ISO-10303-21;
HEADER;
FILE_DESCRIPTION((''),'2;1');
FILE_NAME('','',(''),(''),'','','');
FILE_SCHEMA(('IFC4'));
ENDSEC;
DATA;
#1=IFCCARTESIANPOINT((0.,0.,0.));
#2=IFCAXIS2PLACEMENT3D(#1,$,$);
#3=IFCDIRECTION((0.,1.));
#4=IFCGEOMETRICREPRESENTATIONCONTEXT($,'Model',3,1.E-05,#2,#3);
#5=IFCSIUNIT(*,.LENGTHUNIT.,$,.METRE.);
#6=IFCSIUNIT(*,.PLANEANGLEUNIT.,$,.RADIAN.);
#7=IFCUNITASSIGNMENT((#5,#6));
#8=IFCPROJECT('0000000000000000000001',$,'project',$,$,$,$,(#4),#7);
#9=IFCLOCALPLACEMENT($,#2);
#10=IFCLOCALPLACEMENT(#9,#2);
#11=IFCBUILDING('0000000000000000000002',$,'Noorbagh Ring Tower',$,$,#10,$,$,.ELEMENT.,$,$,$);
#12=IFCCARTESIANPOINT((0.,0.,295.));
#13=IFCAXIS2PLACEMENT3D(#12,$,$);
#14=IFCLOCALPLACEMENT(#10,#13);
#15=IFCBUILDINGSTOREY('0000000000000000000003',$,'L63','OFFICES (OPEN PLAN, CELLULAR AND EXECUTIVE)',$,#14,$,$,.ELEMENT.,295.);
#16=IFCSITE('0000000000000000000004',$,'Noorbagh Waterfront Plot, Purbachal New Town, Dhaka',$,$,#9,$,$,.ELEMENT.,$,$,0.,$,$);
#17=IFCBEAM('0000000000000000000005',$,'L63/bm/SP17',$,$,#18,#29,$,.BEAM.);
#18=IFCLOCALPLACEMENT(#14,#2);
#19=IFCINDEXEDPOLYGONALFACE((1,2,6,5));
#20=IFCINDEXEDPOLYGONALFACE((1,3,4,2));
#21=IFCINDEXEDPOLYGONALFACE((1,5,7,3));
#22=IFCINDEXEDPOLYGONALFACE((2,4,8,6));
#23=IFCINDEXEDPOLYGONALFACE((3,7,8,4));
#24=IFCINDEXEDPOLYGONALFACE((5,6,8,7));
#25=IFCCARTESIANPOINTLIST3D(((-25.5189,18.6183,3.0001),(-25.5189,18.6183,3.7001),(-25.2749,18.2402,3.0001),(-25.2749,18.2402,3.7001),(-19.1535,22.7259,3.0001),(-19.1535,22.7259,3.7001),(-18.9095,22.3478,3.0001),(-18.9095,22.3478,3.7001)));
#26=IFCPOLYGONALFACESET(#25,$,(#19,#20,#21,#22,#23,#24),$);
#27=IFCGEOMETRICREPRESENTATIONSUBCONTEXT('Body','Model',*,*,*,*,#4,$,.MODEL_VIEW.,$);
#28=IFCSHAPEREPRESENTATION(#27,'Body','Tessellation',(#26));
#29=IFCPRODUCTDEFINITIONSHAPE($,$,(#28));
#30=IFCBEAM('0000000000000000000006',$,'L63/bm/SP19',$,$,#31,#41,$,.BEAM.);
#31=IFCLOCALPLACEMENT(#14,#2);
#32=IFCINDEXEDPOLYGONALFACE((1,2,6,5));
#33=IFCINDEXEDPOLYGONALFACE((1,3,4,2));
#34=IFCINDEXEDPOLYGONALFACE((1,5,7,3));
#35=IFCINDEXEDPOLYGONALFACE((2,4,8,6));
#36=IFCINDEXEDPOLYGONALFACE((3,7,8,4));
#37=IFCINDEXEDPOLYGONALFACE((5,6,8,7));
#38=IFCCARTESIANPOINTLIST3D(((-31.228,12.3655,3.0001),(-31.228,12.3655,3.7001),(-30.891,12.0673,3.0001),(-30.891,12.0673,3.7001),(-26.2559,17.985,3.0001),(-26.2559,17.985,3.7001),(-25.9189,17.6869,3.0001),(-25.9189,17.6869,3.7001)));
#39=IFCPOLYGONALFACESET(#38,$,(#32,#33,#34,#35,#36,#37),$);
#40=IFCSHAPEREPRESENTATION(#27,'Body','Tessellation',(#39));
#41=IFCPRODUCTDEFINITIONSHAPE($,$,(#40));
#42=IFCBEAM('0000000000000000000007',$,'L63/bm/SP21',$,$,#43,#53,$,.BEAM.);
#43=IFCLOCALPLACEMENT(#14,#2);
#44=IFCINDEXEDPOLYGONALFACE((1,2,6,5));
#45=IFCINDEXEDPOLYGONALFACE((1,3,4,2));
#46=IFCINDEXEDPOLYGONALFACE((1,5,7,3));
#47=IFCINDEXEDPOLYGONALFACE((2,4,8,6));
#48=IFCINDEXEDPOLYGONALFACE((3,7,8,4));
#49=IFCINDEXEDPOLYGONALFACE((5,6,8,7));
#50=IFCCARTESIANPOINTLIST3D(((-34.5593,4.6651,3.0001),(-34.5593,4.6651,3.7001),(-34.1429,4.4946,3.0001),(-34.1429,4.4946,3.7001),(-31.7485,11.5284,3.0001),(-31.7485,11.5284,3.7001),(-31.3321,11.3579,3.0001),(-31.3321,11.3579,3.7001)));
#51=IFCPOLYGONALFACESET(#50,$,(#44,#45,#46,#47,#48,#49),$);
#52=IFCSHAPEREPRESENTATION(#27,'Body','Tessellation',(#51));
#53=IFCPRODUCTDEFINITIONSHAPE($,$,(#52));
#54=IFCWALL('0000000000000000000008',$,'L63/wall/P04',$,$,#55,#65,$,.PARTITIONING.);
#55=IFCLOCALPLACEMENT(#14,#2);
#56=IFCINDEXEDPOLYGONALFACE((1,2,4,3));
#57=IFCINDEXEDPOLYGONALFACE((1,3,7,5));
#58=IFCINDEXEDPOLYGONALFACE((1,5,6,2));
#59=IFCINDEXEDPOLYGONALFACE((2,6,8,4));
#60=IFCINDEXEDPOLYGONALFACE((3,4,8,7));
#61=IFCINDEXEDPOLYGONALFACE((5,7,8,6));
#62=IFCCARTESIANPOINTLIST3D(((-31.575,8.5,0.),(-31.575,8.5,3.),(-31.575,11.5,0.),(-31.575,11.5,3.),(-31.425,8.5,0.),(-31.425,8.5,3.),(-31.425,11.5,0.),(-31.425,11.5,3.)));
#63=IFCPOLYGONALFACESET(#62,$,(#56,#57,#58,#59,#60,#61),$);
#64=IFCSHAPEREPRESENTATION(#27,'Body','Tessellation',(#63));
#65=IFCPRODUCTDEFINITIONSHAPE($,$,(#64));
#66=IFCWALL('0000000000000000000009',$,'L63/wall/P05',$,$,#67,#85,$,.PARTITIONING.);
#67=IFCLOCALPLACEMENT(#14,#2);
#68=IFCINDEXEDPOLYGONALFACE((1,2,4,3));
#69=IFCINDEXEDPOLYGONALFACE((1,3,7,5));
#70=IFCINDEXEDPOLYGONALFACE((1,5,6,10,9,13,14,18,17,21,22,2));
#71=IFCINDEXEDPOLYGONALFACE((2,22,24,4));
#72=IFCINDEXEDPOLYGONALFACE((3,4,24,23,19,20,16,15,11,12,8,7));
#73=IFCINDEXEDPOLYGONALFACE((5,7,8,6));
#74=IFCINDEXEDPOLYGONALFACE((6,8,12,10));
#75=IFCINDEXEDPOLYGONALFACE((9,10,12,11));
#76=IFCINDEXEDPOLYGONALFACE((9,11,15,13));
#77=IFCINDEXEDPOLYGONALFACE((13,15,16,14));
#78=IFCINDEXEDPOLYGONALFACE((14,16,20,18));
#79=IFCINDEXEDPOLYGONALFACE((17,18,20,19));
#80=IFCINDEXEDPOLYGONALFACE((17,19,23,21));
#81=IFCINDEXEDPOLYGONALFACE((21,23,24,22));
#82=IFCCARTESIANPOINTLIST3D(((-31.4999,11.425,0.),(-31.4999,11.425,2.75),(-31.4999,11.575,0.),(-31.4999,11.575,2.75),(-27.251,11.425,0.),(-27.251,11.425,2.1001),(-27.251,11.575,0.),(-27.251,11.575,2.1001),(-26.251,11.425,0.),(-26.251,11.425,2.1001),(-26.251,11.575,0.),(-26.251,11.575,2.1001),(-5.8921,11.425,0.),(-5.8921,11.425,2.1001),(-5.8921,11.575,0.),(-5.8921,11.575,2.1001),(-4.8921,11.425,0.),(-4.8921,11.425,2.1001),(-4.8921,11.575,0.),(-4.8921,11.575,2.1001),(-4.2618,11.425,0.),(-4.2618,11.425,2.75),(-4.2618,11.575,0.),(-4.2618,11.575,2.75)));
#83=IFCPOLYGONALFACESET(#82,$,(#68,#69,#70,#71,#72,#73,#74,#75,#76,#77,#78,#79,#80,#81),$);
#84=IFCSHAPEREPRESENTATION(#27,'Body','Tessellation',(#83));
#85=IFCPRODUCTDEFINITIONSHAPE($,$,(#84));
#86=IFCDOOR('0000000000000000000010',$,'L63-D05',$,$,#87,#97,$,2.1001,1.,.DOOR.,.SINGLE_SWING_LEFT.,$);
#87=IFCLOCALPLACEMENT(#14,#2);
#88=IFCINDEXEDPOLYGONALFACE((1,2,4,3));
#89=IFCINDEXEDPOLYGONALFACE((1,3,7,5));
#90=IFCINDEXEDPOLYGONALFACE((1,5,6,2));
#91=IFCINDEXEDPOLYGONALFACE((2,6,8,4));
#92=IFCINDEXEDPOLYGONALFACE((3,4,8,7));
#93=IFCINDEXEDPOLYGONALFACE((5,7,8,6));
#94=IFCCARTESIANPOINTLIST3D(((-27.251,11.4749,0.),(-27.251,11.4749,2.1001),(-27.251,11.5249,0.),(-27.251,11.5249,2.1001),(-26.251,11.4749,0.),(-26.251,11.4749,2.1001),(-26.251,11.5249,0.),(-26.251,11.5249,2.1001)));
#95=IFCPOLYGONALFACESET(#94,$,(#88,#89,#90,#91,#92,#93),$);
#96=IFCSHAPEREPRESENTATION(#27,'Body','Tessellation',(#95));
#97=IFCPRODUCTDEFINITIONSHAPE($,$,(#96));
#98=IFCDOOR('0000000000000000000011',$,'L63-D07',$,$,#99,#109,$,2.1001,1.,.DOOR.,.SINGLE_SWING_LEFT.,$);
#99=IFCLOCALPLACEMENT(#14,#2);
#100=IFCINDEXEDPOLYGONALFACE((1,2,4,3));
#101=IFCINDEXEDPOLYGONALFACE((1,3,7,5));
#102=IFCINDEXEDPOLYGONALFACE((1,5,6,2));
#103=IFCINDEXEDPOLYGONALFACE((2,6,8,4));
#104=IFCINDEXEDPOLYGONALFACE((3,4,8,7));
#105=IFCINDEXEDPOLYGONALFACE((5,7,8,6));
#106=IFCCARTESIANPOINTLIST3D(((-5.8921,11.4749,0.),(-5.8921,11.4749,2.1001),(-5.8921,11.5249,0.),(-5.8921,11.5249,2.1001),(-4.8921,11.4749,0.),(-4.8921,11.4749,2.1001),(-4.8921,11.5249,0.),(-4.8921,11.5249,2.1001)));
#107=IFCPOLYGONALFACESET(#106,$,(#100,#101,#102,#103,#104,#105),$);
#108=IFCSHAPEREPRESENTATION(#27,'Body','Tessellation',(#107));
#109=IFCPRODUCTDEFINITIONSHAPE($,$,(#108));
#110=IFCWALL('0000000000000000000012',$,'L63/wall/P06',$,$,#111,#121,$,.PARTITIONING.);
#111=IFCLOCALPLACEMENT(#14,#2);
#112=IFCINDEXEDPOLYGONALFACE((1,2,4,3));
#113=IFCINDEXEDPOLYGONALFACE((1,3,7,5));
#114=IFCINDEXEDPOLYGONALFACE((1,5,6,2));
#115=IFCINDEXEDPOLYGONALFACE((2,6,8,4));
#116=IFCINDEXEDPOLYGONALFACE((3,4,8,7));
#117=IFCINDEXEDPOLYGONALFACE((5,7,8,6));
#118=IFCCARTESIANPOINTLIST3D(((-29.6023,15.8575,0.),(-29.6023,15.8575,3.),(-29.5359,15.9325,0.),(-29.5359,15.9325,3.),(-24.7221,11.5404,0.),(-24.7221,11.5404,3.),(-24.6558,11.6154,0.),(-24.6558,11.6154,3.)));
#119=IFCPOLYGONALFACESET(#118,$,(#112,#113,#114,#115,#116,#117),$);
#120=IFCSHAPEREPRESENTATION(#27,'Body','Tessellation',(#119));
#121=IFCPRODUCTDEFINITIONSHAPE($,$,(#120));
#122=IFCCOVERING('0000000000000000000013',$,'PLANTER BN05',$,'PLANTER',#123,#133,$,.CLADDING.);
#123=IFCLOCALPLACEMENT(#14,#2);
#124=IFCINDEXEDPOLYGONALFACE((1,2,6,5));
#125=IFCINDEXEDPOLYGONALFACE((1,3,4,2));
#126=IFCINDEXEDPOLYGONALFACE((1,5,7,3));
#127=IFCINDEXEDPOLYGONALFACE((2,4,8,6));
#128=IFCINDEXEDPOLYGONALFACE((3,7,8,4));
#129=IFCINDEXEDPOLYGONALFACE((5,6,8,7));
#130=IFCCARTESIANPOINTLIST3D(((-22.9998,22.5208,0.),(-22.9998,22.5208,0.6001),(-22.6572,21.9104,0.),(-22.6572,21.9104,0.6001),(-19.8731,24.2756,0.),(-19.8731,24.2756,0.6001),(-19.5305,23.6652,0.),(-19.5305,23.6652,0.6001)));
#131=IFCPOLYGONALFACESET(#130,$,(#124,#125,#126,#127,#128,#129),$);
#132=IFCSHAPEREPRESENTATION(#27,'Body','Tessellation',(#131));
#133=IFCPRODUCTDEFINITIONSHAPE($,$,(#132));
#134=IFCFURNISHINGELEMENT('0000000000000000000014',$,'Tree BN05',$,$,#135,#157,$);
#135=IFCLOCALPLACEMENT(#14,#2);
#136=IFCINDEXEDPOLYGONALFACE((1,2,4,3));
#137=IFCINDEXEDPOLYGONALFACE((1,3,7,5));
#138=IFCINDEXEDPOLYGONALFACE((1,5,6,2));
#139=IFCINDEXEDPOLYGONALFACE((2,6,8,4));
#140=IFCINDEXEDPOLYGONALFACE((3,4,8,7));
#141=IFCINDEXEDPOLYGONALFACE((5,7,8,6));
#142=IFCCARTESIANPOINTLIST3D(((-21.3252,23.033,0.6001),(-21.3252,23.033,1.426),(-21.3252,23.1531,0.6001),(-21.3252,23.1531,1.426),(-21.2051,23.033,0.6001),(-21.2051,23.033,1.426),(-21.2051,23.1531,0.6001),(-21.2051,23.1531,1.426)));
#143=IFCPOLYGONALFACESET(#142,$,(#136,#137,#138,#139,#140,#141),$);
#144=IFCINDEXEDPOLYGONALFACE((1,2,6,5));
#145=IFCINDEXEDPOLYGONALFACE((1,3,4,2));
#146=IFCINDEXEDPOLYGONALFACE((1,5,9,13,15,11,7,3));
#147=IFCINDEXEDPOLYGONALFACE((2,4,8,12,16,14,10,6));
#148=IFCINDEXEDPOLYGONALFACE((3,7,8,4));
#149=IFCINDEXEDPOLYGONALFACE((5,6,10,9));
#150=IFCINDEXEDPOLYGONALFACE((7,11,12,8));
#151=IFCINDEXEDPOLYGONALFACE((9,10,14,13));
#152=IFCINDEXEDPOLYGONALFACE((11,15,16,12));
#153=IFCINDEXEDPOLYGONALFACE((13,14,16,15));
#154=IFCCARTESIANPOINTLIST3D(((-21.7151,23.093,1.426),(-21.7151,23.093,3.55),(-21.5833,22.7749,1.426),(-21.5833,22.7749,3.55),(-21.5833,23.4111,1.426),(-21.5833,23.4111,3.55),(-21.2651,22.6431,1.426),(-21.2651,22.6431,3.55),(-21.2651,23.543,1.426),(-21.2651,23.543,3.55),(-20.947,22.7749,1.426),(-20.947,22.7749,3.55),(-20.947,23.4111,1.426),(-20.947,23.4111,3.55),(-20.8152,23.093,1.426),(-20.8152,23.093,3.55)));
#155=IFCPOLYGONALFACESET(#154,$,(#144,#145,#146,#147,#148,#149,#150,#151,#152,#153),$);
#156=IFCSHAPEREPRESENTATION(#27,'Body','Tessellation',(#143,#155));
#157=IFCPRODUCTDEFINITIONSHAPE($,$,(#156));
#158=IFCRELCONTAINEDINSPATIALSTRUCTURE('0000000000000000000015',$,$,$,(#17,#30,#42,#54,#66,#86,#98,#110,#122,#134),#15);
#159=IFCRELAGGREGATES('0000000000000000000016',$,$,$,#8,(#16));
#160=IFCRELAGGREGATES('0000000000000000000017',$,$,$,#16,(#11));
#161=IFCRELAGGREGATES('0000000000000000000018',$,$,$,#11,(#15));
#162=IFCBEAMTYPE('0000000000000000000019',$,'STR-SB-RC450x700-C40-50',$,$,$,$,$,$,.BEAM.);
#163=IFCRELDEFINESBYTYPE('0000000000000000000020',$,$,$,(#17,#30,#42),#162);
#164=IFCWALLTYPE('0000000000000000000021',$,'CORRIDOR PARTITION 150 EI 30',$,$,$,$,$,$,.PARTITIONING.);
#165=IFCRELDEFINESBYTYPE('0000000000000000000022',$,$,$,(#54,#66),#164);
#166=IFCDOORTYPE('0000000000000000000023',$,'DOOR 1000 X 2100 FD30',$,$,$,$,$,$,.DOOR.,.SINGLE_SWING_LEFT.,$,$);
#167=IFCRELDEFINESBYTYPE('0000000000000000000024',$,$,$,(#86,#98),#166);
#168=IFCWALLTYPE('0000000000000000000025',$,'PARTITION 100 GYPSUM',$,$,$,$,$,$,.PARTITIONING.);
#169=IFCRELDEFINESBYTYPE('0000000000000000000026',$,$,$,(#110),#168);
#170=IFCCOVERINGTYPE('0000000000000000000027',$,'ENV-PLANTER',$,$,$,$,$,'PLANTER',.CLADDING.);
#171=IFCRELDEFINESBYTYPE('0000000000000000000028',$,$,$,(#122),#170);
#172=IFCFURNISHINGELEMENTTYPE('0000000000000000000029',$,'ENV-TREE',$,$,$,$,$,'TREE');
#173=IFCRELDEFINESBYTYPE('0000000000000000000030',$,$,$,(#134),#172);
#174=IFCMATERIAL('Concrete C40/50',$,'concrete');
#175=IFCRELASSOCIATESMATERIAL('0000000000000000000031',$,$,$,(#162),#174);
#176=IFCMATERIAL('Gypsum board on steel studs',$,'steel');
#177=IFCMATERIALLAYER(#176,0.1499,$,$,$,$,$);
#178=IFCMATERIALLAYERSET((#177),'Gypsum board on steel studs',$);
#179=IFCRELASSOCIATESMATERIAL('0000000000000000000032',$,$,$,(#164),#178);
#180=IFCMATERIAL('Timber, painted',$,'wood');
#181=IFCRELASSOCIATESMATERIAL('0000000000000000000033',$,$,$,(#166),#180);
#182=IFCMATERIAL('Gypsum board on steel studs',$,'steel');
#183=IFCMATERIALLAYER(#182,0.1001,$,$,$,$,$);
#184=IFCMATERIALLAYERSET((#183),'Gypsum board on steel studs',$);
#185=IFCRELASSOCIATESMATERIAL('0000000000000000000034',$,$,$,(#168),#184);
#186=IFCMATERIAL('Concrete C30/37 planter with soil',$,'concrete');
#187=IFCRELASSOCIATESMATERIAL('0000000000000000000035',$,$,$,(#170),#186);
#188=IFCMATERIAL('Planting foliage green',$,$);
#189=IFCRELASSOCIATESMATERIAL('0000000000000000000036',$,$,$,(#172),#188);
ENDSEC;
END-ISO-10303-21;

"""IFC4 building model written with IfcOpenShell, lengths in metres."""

from ifc_helpers import new_model, si_unit, direction, frame, frame_2d, origin, origin_2d, place, context, subcontext, project, spatial, polyline, rectangle, outline, extrude, material, layer, layer_set, material_profile, profile_set, type_object, element, fill, save


model = new_model("IFC4")

# Units and contexts
model_context = context("Model", 3, precision=1e-05, world=origin(), true_north=direction((0.0, 1.0)))
body_context = subcontext(model_context, "Body", "Model", "MODEL_VIEW")
ifc_project = project(units=[si_unit("LENGTHUNIT", "METRE"), si_unit("PLANEANGLEUNIT", "RADIAN")], contexts=[model_context])

# Site, building, storey
site_placement = place(None, origin())
site = spatial("IfcSite", under=ifc_project, at=site_placement, Name="Noorbagh Waterfront Plot, Purbachal New Town, Dhaka", CompositionType="ELEMENT", RefElevation=0.0)
building_placement = place(site_placement, origin())
building = spatial("IfcBuilding", under=site, at=building_placement, Name="Noorbagh Ring Tower", CompositionType="ELEMENT")
storey_placement = place(building_placement, frame((0.0, 0.0, 295.0)))
storey = spatial("IfcBuildingStorey", under=building, at=storey_placement, Name="L63", Description="OFFICES (OPEN PLAN, CELLULAR AND EXECUTIVE)", CompositionType="ELEMENT", Elevation=295.0)

# Beams
ifc_material_1 = material(Name="Concrete C40/50", Category="concrete")
ifc_material_profile_1 = material_profile(ifc_material_1, rectangle(XDim=0.45, YDim=0.7, at=origin_2d()), Name="RC450x700")
ifc_profile_set_1 = profile_set([ifc_material_profile_1], Name="Concrete C40/50")
beam_type_1 = type_object("IfcBeamType", Name="STR-SB-RC450x700-C40-50", PredefinedType="BEAM", material=ifc_profile_set_1)
beam_1_placement = place(storey_placement, frame((-19.0315, 22.5369, 3.3501), z_axis=(-0.840242, -0.542211, 0.0), x_axis=(0.542211, -0.840242, 0.0)))
element("IfcBeam", 1, at=beam_1_placement, inside=storey, type_object=beam_type_1, Name="L63/bm/SP17", PredefinedType="BEAM", context=body_context, shape_type="SweptSolid", body=[
    extrude(rectangle(XDim=0.45, YDim=0.7, at=origin_2d()), origin(), (0.0, 0.0, 1.0), 7.5757),
])
beam_2_placement = place(storey_placement, frame((-26.0874, 17.8359, 3.3501), z_axis=(-0.662645, -0.748933, 0.0), x_axis=(0.748933, -0.662645, 0.0)))
element("IfcBeam", 2, at=beam_2_placement, inside=storey, type_object=beam_type_1, Name="L63/bm/SP19", PredefinedType="BEAM", context=body_context, shape_type="SweptSolid", body=[
    extrude(rectangle(XDim=0.45, YDim=0.7, at=origin_2d()), origin(), (0.0, 0.0, 1.0), 7.5034),
])
beam_3_placement = place(storey_placement, frame((-31.5403, 11.4431, 3.3501), z_axis=(-0.378989, -0.925401, 0.0), x_axis=(0.925401, -0.378989, 0.0)))
element("IfcBeam", 3, at=beam_3_placement, inside=storey, type_object=beam_type_1, Name="L63/bm/SP21", PredefinedType="BEAM", context=body_context, shape_type="SweptSolid", body=[
    extrude(rectangle(XDim=0.45, YDim=0.7, at=origin_2d()), origin(), (0.0, 0.0, 1.0), 7.4165),
])

# Wall
ifc_material_2 = material(Name="Gypsum board on steel studs", Category="steel")
ifc_layer_1 = layer(ifc_material_2, 0.1499)
ifc_layer_set_1 = layer_set([ifc_layer_1], Name="Gypsum board on steel studs")
wall_type_1 = type_object("IfcWallType", Name="CORRIDOR PARTITION 150 EI 30", PredefinedType="PARTITIONING", material=ifc_layer_set_1)
wall_1_placement = place(storey_placement, frame((-31.5, 8.5, 0.0), z_axis=(0.0, 0.0, 1.0), x_axis=(0.0, 1.0, 0.0)))
element("IfcWall", 4, at=wall_1_placement, inside=storey, type_object=wall_type_1, Name="L63/wall/P04", PredefinedType="PARTITIONING", context=body_context, shape_type="SweptSolid", body=[
    extrude(rectangle(XDim=3.0, YDim=0.1499, at=frame_2d((1.5, 0.0))), origin(), (0.0, 0.0, 1.0), 3.0),
])

# Wall, openings, doors
wall_2_placement = place(storey_placement, frame((-31.5, 11.5, 0.0), z_axis=(0.0, 0.0, 1.0), x_axis=(1.0, 0.0, 0.0)))
wall_2 = element("IfcWall", 5, at=wall_2_placement, inside=storey, type_object=wall_type_1, Name="L63/wall/P05", PredefinedType="PARTITIONING", context=body_context, shape_type="SweptSolid", body=[
    extrude(rectangle(XDim=27.238, YDim=0.1499, at=frame_2d((13.6191, 0.0))), origin(), (0.0, 0.0, 1.0), 2.75),
])
opening_1_placement = place(wall_2_placement, frame((4.249, 0.0, 0.0)))
opening_1 = element("IfcOpeningElement", 6, at=opening_1_placement, cuts=wall_2, PredefinedType="OPENING", context=body_context, shape_type="SweptSolid", body=[
    extrude(rectangle(XDim=1.0, YDim=2.1001, at=frame_2d((0.5, 1.05))), frame((0.0, 0.085, 0.0), z_axis=(0.0, -1.0, 0.0), x_axis=(1.0, 0.0, 0.0)), (0.0, 0.0, 1.0), 0.1699),
])
opening_2_placement = place(wall_2_placement, frame((25.6079, 0.0, 0.0)))
opening_2 = element("IfcOpeningElement", 7, at=opening_2_placement, cuts=wall_2, PredefinedType="OPENING", context=body_context, shape_type="SweptSolid", body=[
    extrude(rectangle(XDim=1.0, YDim=2.1001, at=frame_2d((0.5, 1.05))), frame((0.0, 0.085, 0.0), z_axis=(0.0, -1.0, 0.0), x_axis=(1.0, 0.0, 0.0)), (0.0, 0.0, 1.0), 0.1699),
])
ifc_material_3 = material(Name="Timber, painted", Category="wood")
door_type = type_object("IfcDoorType", Name="DOOR 1000 X 2100 FD30", OperationType="SINGLE_SWING_LEFT", PredefinedType="DOOR", material=ifc_material_3)
door_1_placement = place(opening_1_placement, origin())
door_1 = element("IfcDoor", 8, at=door_1_placement, inside=storey, type_object=door_type, Name="L63-D05", OperationType="SINGLE_SWING_LEFT", OverallHeight=2.1001, OverallWidth=1.0, PredefinedType="DOOR", context=body_context, shape_type="SweptSolid", body=[
    extrude(rectangle(XDim=1.0, YDim=2.1001, at=frame_2d((0.5, 1.05))), frame((0.0, 0.0249, 0.0), z_axis=(0.0, -1.0, 0.0), x_axis=(1.0, 0.0, 0.0)), (0.0, 0.0, 1.0), 0.05),
])
fill(opening_1, door_1)
door_2_placement = place(opening_2_placement, origin())
door_2 = element("IfcDoor", 9, at=door_2_placement, inside=storey, type_object=door_type, Name="L63-D07", OperationType="SINGLE_SWING_LEFT", OverallHeight=2.1001, OverallWidth=1.0, PredefinedType="DOOR", context=body_context, shape_type="SweptSolid", body=[
    extrude(rectangle(XDim=1.0, YDim=2.1001, at=frame_2d((0.5, 1.05))), frame((0.0, 0.0249, 0.0), z_axis=(0.0, -1.0, 0.0), x_axis=(1.0, 0.0, 0.0)), (0.0, 0.0, 1.0), 0.05),
])
fill(opening_2, door_2)

# Wall
ifc_material_4 = material(Name="Gypsum board on steel studs", Category="steel")
ifc_layer_2 = layer(ifc_material_4, 0.1001)
ifc_layer_set_2 = layer_set([ifc_layer_2], Name="Gypsum board on steel studs")
wall_type_2 = type_object("IfcWallType", Name="PARTITION 100 GYPSUM", PredefinedType="PARTITIONING", material=ifc_layer_set_2)
wall_3_placement = place(storey_placement, frame((-29.5691, 15.895, 0.0), z_axis=(0.0, 0.0, 1.0), x_axis=(0.748989, -0.662583, 0.0)))
element("IfcWall", 10, at=wall_3_placement, inside=storey, type_object=wall_type_2, Name="L63/wall/P06", PredefinedType="PARTITIONING", context=body_context, shape_type="SweptSolid", body=[
    extrude(rectangle(XDim=6.5156, YDim=0.1001, at=frame_2d((3.2578, 0.0))), origin(), (0.0, 0.0, 1.0), 3.0),
])

# Covering
ifc_material_5 = material(Name="Concrete C30/37 planter with soil", Category="concrete")
covering_type = type_object("IfcCoveringType", Name="ENV-PLANTER", ElementType="PLANTER", PredefinedType="CLADDING", material=ifc_material_5)
covering_placement = place(storey_placement, frame((-21.2651, 23.093, 0.0), z_axis=(0.0, 0.0, 1.0), x_axis=(-0.872045, -0.489426, 0.0)))
element("IfcCovering", 11, at=covering_placement, inside=storey, type_object=covering_type, Name="PLANTER BN05", ObjectType="PLANTER", PredefinedType="CLADDING", context=body_context, shape_type="SweptSolid", body=[
    extrude(rectangle(XDim=3.5854, YDim=0.7, at=origin_2d()), origin(), (0.0, 0.0, 1.0), 0.6001),
])

# Furnishing element
ifc_material_6 = material(Name="Planting foliage green")
furnishing_element_type = type_object("IfcFurnishingElementType", Name="ENV-TREE", ElementType="TREE", material=ifc_material_6)
furnishing_placement = place(storey_placement, frame((-21.2651, 23.093, 0.6001), z_axis=(0.0, 0.0, 1.0), x_axis=(1.0, 0.0, 0.0)))
element("IfcFurnishingElement", 12, at=furnishing_placement, inside=storey, type_object=furnishing_element_type, Name="Tree BN05", context=body_context, shape_type="SweptSolid", body=[
    extrude(rectangle(XDim=0.1201, YDim=0.1201, at=origin_2d()), origin(), (0.0, 0.0, 1.0), 0.8259),
    extrude(outline(polyline([(0.45, 0.0), (0.3181, 0.3181), (0.0, 0.45), (-0.3181, 0.3181), (-0.45, 0.0), (-0.3181, -0.3181), (0.0, -0.45), (0.3181, -0.3181), (0.45, 0.0)])), frame((0.0, 0.0, 0.8259)), (0.0, 0.0, 1.0), 2.124),
])

save(model, "model.ifc")
